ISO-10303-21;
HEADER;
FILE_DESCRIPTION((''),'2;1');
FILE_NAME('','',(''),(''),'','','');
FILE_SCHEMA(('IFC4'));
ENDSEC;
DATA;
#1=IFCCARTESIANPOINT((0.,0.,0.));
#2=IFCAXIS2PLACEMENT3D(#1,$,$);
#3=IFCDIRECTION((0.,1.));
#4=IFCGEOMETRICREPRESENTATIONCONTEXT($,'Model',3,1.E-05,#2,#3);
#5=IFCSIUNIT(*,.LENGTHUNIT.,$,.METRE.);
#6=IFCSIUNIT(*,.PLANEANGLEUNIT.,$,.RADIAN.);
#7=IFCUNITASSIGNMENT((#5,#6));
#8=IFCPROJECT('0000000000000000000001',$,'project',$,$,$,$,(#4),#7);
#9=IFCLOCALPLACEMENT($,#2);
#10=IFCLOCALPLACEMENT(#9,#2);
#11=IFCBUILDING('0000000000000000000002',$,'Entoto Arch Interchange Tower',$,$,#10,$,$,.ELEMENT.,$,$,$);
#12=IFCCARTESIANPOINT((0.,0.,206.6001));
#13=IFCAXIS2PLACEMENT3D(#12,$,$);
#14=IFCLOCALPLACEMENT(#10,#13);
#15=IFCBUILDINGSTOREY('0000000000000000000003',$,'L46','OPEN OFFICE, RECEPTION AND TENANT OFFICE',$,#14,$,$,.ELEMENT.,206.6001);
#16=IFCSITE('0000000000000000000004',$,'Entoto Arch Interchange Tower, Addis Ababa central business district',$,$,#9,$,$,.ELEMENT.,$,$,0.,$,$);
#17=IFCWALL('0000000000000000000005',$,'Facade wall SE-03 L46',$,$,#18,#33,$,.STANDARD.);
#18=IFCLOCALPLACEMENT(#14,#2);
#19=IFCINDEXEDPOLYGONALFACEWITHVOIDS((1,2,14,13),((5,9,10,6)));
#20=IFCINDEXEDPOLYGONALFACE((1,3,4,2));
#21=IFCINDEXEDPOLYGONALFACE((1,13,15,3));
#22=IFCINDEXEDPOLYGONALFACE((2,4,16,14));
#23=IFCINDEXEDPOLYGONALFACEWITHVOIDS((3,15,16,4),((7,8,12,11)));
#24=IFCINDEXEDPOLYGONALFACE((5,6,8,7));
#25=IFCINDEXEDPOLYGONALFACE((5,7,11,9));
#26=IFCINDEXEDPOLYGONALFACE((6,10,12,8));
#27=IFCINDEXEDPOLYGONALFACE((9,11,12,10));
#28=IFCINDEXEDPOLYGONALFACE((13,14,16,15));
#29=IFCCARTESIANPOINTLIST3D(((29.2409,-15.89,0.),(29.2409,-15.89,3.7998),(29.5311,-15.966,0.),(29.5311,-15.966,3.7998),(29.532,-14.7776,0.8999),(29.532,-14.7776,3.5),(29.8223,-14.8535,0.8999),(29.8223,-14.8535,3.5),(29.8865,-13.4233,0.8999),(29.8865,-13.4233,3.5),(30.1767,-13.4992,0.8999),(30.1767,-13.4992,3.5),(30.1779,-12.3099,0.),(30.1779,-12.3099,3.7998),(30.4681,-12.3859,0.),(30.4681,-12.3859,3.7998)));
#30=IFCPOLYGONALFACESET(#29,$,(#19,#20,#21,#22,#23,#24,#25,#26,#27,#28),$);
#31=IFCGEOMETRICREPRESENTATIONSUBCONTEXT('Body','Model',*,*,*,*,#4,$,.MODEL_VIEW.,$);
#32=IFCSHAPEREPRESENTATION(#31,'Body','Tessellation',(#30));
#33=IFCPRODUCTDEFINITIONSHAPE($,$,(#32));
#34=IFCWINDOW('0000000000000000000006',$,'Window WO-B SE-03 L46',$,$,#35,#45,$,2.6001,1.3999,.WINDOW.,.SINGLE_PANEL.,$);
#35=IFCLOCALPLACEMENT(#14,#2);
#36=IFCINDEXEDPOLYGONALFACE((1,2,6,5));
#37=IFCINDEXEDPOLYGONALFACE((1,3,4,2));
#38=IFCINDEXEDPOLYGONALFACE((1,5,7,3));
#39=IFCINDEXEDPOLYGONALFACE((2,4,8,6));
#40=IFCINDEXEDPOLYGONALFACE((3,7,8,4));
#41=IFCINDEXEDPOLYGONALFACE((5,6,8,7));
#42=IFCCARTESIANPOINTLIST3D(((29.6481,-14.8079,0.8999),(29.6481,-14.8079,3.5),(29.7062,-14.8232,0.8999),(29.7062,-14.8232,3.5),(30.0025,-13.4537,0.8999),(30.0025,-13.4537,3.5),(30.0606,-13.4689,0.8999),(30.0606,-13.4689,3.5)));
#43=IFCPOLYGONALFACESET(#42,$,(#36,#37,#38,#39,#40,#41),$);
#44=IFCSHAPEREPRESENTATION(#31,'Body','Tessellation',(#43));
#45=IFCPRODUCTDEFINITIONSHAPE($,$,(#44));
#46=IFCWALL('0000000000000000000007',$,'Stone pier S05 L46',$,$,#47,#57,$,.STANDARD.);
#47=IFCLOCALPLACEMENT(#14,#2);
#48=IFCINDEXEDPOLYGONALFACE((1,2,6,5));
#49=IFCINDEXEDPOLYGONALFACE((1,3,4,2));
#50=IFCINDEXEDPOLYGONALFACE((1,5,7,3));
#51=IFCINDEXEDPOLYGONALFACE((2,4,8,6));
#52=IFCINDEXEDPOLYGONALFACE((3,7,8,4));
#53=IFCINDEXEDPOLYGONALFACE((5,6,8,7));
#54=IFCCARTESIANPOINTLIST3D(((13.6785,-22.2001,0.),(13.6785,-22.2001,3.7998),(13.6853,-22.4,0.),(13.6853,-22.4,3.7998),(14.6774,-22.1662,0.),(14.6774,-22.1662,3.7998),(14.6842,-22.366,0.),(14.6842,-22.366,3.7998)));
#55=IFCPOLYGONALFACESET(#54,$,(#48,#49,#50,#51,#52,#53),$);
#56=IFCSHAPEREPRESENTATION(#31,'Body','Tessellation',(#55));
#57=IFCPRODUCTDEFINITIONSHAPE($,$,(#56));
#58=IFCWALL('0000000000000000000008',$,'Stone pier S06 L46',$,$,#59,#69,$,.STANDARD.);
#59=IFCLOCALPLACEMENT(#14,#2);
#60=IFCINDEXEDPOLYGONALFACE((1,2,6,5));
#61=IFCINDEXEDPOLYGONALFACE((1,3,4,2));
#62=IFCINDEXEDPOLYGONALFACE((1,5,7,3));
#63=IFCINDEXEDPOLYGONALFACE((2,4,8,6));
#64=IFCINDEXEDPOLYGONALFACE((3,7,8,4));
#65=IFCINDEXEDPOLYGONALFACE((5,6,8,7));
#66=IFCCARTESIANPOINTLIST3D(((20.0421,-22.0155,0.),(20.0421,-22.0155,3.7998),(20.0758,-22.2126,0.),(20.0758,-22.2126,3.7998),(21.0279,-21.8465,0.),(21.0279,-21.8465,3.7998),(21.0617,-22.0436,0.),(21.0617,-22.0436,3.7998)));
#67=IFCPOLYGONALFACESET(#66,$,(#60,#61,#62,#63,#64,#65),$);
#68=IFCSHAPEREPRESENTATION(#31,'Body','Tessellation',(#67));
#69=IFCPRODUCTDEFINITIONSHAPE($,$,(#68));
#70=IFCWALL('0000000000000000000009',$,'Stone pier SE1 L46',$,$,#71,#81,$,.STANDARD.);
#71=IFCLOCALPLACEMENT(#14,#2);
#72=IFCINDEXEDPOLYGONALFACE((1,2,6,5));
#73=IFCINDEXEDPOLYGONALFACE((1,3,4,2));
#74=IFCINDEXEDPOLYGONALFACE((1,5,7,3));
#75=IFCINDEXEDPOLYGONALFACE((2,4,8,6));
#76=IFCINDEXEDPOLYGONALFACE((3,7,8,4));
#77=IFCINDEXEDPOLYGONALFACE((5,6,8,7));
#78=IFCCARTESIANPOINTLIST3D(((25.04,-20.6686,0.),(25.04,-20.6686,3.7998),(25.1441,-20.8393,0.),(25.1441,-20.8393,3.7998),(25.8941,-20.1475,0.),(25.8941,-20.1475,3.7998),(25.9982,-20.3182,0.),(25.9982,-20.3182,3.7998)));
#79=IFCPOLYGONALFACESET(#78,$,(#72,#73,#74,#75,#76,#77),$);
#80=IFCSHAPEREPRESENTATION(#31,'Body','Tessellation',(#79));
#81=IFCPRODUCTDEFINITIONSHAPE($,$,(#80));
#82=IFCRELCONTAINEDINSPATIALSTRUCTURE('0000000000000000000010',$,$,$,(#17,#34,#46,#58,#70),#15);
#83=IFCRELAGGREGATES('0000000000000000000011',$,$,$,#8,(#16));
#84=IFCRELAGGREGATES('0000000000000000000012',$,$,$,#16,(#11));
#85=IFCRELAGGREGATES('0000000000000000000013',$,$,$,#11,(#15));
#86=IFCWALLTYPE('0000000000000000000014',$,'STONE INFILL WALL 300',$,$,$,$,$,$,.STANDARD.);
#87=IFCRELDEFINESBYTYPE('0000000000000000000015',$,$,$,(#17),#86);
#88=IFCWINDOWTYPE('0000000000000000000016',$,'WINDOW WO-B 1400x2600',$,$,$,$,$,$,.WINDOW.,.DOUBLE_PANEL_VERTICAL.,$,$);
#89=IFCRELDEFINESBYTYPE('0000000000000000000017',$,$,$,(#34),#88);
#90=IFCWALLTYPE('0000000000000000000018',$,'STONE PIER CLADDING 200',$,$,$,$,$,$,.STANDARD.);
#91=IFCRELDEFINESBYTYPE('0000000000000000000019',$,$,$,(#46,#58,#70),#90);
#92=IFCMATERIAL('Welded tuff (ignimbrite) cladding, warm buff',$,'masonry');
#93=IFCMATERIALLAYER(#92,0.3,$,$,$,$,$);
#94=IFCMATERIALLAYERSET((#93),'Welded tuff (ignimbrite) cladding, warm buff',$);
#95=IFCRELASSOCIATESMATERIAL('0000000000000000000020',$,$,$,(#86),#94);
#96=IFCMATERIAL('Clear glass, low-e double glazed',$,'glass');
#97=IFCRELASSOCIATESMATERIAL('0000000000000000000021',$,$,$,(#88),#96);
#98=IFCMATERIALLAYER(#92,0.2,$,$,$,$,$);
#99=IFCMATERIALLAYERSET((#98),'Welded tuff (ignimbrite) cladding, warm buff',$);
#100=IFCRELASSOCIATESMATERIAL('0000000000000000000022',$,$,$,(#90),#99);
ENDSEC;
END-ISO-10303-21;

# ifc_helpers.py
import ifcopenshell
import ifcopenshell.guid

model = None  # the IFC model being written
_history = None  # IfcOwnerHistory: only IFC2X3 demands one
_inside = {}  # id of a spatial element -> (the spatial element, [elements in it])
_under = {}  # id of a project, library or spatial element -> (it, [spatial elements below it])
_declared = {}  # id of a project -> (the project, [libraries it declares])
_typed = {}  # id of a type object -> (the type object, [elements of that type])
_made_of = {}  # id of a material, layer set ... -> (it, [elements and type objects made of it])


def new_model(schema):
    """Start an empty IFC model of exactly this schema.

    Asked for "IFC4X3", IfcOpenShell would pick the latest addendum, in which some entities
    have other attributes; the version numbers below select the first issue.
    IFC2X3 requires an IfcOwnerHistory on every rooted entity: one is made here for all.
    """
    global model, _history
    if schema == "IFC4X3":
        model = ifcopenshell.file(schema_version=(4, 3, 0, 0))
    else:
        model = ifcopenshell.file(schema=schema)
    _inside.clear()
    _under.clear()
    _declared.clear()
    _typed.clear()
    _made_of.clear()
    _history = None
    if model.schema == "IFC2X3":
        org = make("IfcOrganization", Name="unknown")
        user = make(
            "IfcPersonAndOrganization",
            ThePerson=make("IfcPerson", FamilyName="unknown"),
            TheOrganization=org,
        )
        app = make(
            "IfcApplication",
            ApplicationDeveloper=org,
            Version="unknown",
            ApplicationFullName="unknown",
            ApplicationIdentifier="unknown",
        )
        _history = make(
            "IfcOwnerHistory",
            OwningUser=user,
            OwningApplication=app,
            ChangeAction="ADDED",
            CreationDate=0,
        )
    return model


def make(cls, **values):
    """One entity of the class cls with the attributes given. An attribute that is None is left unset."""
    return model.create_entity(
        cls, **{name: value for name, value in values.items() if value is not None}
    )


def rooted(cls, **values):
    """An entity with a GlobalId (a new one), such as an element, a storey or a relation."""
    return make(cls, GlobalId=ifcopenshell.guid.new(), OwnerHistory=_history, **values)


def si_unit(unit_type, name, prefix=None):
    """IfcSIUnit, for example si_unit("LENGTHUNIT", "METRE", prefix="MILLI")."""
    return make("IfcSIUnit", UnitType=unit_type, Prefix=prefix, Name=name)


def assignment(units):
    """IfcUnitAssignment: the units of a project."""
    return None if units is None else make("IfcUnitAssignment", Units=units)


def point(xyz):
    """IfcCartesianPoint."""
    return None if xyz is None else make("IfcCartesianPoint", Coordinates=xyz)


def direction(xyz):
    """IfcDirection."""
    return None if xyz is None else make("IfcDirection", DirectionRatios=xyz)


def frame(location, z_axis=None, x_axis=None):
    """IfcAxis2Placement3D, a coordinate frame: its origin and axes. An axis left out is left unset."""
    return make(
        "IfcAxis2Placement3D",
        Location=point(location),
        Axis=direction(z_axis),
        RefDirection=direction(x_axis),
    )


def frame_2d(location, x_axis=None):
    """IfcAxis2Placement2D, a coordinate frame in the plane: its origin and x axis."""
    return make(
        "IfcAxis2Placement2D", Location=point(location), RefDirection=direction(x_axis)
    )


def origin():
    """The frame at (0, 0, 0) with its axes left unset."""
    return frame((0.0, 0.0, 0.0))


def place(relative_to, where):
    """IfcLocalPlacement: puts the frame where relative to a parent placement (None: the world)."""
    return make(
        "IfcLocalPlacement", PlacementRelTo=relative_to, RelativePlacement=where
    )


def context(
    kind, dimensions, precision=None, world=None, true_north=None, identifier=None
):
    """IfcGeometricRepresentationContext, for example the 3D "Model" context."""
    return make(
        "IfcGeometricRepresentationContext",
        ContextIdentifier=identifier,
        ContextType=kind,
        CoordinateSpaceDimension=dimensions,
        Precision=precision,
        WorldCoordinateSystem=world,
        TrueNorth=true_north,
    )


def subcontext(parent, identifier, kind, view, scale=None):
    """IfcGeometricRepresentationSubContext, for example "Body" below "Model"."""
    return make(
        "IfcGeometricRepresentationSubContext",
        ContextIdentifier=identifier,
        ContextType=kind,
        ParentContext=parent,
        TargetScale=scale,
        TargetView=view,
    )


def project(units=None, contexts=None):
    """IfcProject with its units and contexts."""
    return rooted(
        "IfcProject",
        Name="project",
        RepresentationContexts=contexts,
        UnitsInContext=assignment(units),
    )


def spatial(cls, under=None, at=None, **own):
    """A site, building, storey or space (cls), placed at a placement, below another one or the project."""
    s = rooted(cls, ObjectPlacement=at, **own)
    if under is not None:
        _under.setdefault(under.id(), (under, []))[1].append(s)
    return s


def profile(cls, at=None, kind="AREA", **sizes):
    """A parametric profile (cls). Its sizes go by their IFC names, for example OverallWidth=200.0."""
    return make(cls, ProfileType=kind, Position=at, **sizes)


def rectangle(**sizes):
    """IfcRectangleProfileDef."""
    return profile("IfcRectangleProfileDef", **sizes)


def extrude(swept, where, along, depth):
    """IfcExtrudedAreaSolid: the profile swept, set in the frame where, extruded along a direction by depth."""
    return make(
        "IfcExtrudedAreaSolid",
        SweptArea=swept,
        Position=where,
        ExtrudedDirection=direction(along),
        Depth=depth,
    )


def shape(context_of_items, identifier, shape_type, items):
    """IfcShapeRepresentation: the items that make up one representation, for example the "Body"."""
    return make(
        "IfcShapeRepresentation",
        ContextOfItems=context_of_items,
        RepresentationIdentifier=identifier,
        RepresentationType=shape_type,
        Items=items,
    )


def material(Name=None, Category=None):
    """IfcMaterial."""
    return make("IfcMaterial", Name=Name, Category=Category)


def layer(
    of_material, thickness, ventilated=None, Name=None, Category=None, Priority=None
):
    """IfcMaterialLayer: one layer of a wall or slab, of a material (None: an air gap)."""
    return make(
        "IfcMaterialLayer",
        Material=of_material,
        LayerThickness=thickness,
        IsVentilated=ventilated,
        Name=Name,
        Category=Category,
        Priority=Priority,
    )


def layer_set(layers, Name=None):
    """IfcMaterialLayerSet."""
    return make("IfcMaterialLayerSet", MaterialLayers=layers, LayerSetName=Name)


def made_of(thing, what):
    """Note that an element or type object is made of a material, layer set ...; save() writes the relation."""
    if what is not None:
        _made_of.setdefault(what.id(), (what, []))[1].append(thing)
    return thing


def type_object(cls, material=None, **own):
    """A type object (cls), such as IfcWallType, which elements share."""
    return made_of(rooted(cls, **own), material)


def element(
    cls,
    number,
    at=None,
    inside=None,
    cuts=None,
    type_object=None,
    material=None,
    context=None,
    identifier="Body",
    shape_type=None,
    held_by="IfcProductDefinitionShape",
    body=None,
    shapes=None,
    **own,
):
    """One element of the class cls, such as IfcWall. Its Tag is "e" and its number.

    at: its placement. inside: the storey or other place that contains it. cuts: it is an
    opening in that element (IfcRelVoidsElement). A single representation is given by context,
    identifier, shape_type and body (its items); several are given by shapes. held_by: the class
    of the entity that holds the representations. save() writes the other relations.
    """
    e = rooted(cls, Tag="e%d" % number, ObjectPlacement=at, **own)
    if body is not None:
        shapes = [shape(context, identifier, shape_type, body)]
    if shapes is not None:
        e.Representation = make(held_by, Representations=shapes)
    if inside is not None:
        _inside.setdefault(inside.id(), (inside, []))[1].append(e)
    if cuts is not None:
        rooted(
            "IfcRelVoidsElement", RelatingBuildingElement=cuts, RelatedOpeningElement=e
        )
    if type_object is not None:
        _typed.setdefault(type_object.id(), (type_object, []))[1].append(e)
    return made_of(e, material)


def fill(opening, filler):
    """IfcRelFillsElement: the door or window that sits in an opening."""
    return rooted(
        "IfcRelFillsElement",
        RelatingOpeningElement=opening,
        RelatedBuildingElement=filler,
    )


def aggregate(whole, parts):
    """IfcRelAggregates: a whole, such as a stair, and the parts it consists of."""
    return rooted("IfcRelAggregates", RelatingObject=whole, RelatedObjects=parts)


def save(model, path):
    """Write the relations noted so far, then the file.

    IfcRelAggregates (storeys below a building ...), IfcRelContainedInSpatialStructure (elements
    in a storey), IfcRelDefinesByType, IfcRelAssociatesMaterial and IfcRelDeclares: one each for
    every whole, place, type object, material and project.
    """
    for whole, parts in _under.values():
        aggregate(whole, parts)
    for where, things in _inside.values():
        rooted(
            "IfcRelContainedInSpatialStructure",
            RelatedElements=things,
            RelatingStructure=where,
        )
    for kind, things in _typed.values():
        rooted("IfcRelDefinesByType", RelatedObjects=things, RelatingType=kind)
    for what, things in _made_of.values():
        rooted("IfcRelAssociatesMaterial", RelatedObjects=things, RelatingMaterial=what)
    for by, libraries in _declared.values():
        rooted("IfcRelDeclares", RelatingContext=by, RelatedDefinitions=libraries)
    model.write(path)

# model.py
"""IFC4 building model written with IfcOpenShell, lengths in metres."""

from ifc_helpers import new_model, si_unit, direction, frame, frame_2d, origin, place, context, subcontext, project, spatial, rectangle, extrude, material, layer, layer_set, type_object, element, fill, save


model = new_model("IFC4")

# Units and contexts
model_context = context("Model", 3, precision=1e-05, world=origin(), true_north=direction((0.0, 1.0)))
body_context = subcontext(model_context, "Body", "Model", "MODEL_VIEW")
ifc_project = project(units=[si_unit("LENGTHUNIT", "METRE"), si_unit("PLANEANGLEUNIT", "RADIAN")], contexts=[model_context])

# Site, building, storey
site_placement = place(None, origin())
site = spatial("IfcSite", under=ifc_project, at=site_placement, Name="Entoto Arch Interchange Tower, Addis Ababa central business district", CompositionType="ELEMENT", RefElevation=0.0)
building_placement = place(site_placement, origin())
building = spatial("IfcBuilding", under=site, at=building_placement, Name="Entoto Arch Interchange Tower", CompositionType="ELEMENT")
storey_placement = place(building_placement, frame((0.0, 0.0, 206.6001)))
storey = spatial("IfcBuildingStorey", under=building, at=storey_placement, Name="L46", Description="OPEN OFFICE, RECEPTION AND TENANT OFFICE", CompositionType="ELEMENT", Elevation=206.6001)

# Shared definitions
ifc_material_1 = material(Name="Welded tuff (ignimbrite) cladding, warm buff", Category="masonry")
ifc_layer_1 = layer(ifc_material_1, 0.3)
ifc_layer_set_1 = layer_set([ifc_layer_1], Name="Welded tuff (ignimbrite) cladding, warm buff")
wall_type_1 = type_object("IfcWallType", Name="STONE INFILL WALL 300", PredefinedType="STANDARD", material=ifc_layer_set_1)
ifc_material_2 = material(Name="Clear glass, low-e double glazed", Category="glass")
window_type = type_object("IfcWindowType", Name="WINDOW WO-B 1400x2600", PartitioningType="DOUBLE_PANEL_VERTICAL", PredefinedType="WINDOW", material=ifc_material_2)

# Wall, opening, window
wall_1_placement = place(storey_placement, frame((29.386, -15.928, 0.0), z_axis=(0.0, 0.0, 1.0), x_axis=(0.253201, 0.967414, 0.0)))
wall_1 = element("IfcWall", 1, at=wall_1_placement, inside=storey, type_object=wall_type_1, Name="Facade wall SE-03 L46", PredefinedType="STANDARD", context=body_context, shape_type="SweptSolid", body=[
    extrude(rectangle(XDim=3.7007, YDim=0.3, at=frame_2d((1.8503, 0.0))), origin(), (0.0, 0.0, 1.0), 3.7998),
])
opening_1_placement = place(wall_1_placement, frame((1.1499, 0.0, 0.8999)))
opening_1 = element("IfcOpeningElement", 2, at=opening_1_placement, cuts=wall_1, PredefinedType="OPENING", context=body_context, shape_type="SweptSolid", body=[
    extrude(rectangle(XDim=1.3999, YDim=2.6001, at=frame_2d((0.7, 1.3))), frame((0.0, 0.1602, 0.0), z_axis=(0.0, -1.0, 0.0), x_axis=(1.0, 0.0, 0.0)), (0.0, 0.0, 1.0), 0.3201),
])
window_1_placement = place(opening_1_placement, origin())
window_1 = element("IfcWindow", 3, at=window_1_placement, inside=storey, type_object=window_type, Name="Window WO-B SE-03 L46", OverallHeight=2.6001, OverallWidth=1.3999, PartitioningType="SINGLE_PANEL", PredefinedType="WINDOW", context=body_context, shape_type="SweptSolid", body=[
    extrude(rectangle(XDim=1.3999, YDim=2.6001, at=frame_2d((0.7, 1.3))), frame((0.0, 0.03, 0.0), z_axis=(0.0, -1.0, 0.0), x_axis=(1.0, 0.0, 0.0)), (0.0, 0.0, 1.0), 0.0601),
])
fill(opening_1, window_1)

# Walls
ifc_layer_2 = layer(ifc_material_1, 0.2)
ifc_layer_set_2 = layer_set([ifc_layer_2], Name="Welded tuff (ignimbrite) cladding, warm buff")
wall_type_2 = type_object("IfcWallType", Name="STONE PIER CLADDING 200", PredefinedType="STANDARD", material=ifc_layer_set_2)
wall_2_placement = place(storey_placement, frame((13.6819, -22.3, 0.0), z_axis=(0.0, 0.0, 1.0), x_axis=(0.999424, 0.033949, 0.0)))
element("IfcWall", 4, at=wall_2_placement, inside=storey, type_object=wall_type_2, Name="Stone pier S05 L46", PredefinedType="STANDARD", context=body_context, shape_type="SweptSolid", body=[
    extrude(rectangle(XDim=0.9995, YDim=0.2, at=frame_2d((0.4998, 0.0))), origin(), (0.0, 0.0, 1.0), 3.7998),
])
wall_3_placement = place(storey_placement, frame((20.0591, -22.114, 0.0), z_axis=(0.0, 0.0, 1.0), x_axis=(0.985632, 0.16891, 0.0)))
element("IfcWall", 5, at=wall_3_placement, inside=storey, type_object=wall_type_2, Name="Stone pier S06 L46", PredefinedType="STANDARD", context=body_context, shape_type="SweptSolid", body=[
    extrude(rectangle(XDim=1.0002, YDim=0.2, at=frame_2d((0.5, 0.0))), origin(), (0.0, 0.0, 1.0), 3.7998),
])
wall_4_placement = place(storey_placement, frame((25.092, -20.7539, 0.0), z_axis=(0.0, 0.0, 1.0), x_axis=(0.85368, 0.520798, 0.0)))
element("IfcWall", 6, at=wall_4_placement, inside=storey, type_object=wall_type_2, Name="Stone pier SE1 L46", PredefinedType="STANDARD", context=body_context, shape_type="SweptSolid", body=[
    extrude(rectangle(XDim=1.0005, YDim=0.2, at=frame_2d((0.5002, 0.0))), origin(), (0.0, 0.0, 1.0), 3.7998),
])

save(model, "model.ifc")
